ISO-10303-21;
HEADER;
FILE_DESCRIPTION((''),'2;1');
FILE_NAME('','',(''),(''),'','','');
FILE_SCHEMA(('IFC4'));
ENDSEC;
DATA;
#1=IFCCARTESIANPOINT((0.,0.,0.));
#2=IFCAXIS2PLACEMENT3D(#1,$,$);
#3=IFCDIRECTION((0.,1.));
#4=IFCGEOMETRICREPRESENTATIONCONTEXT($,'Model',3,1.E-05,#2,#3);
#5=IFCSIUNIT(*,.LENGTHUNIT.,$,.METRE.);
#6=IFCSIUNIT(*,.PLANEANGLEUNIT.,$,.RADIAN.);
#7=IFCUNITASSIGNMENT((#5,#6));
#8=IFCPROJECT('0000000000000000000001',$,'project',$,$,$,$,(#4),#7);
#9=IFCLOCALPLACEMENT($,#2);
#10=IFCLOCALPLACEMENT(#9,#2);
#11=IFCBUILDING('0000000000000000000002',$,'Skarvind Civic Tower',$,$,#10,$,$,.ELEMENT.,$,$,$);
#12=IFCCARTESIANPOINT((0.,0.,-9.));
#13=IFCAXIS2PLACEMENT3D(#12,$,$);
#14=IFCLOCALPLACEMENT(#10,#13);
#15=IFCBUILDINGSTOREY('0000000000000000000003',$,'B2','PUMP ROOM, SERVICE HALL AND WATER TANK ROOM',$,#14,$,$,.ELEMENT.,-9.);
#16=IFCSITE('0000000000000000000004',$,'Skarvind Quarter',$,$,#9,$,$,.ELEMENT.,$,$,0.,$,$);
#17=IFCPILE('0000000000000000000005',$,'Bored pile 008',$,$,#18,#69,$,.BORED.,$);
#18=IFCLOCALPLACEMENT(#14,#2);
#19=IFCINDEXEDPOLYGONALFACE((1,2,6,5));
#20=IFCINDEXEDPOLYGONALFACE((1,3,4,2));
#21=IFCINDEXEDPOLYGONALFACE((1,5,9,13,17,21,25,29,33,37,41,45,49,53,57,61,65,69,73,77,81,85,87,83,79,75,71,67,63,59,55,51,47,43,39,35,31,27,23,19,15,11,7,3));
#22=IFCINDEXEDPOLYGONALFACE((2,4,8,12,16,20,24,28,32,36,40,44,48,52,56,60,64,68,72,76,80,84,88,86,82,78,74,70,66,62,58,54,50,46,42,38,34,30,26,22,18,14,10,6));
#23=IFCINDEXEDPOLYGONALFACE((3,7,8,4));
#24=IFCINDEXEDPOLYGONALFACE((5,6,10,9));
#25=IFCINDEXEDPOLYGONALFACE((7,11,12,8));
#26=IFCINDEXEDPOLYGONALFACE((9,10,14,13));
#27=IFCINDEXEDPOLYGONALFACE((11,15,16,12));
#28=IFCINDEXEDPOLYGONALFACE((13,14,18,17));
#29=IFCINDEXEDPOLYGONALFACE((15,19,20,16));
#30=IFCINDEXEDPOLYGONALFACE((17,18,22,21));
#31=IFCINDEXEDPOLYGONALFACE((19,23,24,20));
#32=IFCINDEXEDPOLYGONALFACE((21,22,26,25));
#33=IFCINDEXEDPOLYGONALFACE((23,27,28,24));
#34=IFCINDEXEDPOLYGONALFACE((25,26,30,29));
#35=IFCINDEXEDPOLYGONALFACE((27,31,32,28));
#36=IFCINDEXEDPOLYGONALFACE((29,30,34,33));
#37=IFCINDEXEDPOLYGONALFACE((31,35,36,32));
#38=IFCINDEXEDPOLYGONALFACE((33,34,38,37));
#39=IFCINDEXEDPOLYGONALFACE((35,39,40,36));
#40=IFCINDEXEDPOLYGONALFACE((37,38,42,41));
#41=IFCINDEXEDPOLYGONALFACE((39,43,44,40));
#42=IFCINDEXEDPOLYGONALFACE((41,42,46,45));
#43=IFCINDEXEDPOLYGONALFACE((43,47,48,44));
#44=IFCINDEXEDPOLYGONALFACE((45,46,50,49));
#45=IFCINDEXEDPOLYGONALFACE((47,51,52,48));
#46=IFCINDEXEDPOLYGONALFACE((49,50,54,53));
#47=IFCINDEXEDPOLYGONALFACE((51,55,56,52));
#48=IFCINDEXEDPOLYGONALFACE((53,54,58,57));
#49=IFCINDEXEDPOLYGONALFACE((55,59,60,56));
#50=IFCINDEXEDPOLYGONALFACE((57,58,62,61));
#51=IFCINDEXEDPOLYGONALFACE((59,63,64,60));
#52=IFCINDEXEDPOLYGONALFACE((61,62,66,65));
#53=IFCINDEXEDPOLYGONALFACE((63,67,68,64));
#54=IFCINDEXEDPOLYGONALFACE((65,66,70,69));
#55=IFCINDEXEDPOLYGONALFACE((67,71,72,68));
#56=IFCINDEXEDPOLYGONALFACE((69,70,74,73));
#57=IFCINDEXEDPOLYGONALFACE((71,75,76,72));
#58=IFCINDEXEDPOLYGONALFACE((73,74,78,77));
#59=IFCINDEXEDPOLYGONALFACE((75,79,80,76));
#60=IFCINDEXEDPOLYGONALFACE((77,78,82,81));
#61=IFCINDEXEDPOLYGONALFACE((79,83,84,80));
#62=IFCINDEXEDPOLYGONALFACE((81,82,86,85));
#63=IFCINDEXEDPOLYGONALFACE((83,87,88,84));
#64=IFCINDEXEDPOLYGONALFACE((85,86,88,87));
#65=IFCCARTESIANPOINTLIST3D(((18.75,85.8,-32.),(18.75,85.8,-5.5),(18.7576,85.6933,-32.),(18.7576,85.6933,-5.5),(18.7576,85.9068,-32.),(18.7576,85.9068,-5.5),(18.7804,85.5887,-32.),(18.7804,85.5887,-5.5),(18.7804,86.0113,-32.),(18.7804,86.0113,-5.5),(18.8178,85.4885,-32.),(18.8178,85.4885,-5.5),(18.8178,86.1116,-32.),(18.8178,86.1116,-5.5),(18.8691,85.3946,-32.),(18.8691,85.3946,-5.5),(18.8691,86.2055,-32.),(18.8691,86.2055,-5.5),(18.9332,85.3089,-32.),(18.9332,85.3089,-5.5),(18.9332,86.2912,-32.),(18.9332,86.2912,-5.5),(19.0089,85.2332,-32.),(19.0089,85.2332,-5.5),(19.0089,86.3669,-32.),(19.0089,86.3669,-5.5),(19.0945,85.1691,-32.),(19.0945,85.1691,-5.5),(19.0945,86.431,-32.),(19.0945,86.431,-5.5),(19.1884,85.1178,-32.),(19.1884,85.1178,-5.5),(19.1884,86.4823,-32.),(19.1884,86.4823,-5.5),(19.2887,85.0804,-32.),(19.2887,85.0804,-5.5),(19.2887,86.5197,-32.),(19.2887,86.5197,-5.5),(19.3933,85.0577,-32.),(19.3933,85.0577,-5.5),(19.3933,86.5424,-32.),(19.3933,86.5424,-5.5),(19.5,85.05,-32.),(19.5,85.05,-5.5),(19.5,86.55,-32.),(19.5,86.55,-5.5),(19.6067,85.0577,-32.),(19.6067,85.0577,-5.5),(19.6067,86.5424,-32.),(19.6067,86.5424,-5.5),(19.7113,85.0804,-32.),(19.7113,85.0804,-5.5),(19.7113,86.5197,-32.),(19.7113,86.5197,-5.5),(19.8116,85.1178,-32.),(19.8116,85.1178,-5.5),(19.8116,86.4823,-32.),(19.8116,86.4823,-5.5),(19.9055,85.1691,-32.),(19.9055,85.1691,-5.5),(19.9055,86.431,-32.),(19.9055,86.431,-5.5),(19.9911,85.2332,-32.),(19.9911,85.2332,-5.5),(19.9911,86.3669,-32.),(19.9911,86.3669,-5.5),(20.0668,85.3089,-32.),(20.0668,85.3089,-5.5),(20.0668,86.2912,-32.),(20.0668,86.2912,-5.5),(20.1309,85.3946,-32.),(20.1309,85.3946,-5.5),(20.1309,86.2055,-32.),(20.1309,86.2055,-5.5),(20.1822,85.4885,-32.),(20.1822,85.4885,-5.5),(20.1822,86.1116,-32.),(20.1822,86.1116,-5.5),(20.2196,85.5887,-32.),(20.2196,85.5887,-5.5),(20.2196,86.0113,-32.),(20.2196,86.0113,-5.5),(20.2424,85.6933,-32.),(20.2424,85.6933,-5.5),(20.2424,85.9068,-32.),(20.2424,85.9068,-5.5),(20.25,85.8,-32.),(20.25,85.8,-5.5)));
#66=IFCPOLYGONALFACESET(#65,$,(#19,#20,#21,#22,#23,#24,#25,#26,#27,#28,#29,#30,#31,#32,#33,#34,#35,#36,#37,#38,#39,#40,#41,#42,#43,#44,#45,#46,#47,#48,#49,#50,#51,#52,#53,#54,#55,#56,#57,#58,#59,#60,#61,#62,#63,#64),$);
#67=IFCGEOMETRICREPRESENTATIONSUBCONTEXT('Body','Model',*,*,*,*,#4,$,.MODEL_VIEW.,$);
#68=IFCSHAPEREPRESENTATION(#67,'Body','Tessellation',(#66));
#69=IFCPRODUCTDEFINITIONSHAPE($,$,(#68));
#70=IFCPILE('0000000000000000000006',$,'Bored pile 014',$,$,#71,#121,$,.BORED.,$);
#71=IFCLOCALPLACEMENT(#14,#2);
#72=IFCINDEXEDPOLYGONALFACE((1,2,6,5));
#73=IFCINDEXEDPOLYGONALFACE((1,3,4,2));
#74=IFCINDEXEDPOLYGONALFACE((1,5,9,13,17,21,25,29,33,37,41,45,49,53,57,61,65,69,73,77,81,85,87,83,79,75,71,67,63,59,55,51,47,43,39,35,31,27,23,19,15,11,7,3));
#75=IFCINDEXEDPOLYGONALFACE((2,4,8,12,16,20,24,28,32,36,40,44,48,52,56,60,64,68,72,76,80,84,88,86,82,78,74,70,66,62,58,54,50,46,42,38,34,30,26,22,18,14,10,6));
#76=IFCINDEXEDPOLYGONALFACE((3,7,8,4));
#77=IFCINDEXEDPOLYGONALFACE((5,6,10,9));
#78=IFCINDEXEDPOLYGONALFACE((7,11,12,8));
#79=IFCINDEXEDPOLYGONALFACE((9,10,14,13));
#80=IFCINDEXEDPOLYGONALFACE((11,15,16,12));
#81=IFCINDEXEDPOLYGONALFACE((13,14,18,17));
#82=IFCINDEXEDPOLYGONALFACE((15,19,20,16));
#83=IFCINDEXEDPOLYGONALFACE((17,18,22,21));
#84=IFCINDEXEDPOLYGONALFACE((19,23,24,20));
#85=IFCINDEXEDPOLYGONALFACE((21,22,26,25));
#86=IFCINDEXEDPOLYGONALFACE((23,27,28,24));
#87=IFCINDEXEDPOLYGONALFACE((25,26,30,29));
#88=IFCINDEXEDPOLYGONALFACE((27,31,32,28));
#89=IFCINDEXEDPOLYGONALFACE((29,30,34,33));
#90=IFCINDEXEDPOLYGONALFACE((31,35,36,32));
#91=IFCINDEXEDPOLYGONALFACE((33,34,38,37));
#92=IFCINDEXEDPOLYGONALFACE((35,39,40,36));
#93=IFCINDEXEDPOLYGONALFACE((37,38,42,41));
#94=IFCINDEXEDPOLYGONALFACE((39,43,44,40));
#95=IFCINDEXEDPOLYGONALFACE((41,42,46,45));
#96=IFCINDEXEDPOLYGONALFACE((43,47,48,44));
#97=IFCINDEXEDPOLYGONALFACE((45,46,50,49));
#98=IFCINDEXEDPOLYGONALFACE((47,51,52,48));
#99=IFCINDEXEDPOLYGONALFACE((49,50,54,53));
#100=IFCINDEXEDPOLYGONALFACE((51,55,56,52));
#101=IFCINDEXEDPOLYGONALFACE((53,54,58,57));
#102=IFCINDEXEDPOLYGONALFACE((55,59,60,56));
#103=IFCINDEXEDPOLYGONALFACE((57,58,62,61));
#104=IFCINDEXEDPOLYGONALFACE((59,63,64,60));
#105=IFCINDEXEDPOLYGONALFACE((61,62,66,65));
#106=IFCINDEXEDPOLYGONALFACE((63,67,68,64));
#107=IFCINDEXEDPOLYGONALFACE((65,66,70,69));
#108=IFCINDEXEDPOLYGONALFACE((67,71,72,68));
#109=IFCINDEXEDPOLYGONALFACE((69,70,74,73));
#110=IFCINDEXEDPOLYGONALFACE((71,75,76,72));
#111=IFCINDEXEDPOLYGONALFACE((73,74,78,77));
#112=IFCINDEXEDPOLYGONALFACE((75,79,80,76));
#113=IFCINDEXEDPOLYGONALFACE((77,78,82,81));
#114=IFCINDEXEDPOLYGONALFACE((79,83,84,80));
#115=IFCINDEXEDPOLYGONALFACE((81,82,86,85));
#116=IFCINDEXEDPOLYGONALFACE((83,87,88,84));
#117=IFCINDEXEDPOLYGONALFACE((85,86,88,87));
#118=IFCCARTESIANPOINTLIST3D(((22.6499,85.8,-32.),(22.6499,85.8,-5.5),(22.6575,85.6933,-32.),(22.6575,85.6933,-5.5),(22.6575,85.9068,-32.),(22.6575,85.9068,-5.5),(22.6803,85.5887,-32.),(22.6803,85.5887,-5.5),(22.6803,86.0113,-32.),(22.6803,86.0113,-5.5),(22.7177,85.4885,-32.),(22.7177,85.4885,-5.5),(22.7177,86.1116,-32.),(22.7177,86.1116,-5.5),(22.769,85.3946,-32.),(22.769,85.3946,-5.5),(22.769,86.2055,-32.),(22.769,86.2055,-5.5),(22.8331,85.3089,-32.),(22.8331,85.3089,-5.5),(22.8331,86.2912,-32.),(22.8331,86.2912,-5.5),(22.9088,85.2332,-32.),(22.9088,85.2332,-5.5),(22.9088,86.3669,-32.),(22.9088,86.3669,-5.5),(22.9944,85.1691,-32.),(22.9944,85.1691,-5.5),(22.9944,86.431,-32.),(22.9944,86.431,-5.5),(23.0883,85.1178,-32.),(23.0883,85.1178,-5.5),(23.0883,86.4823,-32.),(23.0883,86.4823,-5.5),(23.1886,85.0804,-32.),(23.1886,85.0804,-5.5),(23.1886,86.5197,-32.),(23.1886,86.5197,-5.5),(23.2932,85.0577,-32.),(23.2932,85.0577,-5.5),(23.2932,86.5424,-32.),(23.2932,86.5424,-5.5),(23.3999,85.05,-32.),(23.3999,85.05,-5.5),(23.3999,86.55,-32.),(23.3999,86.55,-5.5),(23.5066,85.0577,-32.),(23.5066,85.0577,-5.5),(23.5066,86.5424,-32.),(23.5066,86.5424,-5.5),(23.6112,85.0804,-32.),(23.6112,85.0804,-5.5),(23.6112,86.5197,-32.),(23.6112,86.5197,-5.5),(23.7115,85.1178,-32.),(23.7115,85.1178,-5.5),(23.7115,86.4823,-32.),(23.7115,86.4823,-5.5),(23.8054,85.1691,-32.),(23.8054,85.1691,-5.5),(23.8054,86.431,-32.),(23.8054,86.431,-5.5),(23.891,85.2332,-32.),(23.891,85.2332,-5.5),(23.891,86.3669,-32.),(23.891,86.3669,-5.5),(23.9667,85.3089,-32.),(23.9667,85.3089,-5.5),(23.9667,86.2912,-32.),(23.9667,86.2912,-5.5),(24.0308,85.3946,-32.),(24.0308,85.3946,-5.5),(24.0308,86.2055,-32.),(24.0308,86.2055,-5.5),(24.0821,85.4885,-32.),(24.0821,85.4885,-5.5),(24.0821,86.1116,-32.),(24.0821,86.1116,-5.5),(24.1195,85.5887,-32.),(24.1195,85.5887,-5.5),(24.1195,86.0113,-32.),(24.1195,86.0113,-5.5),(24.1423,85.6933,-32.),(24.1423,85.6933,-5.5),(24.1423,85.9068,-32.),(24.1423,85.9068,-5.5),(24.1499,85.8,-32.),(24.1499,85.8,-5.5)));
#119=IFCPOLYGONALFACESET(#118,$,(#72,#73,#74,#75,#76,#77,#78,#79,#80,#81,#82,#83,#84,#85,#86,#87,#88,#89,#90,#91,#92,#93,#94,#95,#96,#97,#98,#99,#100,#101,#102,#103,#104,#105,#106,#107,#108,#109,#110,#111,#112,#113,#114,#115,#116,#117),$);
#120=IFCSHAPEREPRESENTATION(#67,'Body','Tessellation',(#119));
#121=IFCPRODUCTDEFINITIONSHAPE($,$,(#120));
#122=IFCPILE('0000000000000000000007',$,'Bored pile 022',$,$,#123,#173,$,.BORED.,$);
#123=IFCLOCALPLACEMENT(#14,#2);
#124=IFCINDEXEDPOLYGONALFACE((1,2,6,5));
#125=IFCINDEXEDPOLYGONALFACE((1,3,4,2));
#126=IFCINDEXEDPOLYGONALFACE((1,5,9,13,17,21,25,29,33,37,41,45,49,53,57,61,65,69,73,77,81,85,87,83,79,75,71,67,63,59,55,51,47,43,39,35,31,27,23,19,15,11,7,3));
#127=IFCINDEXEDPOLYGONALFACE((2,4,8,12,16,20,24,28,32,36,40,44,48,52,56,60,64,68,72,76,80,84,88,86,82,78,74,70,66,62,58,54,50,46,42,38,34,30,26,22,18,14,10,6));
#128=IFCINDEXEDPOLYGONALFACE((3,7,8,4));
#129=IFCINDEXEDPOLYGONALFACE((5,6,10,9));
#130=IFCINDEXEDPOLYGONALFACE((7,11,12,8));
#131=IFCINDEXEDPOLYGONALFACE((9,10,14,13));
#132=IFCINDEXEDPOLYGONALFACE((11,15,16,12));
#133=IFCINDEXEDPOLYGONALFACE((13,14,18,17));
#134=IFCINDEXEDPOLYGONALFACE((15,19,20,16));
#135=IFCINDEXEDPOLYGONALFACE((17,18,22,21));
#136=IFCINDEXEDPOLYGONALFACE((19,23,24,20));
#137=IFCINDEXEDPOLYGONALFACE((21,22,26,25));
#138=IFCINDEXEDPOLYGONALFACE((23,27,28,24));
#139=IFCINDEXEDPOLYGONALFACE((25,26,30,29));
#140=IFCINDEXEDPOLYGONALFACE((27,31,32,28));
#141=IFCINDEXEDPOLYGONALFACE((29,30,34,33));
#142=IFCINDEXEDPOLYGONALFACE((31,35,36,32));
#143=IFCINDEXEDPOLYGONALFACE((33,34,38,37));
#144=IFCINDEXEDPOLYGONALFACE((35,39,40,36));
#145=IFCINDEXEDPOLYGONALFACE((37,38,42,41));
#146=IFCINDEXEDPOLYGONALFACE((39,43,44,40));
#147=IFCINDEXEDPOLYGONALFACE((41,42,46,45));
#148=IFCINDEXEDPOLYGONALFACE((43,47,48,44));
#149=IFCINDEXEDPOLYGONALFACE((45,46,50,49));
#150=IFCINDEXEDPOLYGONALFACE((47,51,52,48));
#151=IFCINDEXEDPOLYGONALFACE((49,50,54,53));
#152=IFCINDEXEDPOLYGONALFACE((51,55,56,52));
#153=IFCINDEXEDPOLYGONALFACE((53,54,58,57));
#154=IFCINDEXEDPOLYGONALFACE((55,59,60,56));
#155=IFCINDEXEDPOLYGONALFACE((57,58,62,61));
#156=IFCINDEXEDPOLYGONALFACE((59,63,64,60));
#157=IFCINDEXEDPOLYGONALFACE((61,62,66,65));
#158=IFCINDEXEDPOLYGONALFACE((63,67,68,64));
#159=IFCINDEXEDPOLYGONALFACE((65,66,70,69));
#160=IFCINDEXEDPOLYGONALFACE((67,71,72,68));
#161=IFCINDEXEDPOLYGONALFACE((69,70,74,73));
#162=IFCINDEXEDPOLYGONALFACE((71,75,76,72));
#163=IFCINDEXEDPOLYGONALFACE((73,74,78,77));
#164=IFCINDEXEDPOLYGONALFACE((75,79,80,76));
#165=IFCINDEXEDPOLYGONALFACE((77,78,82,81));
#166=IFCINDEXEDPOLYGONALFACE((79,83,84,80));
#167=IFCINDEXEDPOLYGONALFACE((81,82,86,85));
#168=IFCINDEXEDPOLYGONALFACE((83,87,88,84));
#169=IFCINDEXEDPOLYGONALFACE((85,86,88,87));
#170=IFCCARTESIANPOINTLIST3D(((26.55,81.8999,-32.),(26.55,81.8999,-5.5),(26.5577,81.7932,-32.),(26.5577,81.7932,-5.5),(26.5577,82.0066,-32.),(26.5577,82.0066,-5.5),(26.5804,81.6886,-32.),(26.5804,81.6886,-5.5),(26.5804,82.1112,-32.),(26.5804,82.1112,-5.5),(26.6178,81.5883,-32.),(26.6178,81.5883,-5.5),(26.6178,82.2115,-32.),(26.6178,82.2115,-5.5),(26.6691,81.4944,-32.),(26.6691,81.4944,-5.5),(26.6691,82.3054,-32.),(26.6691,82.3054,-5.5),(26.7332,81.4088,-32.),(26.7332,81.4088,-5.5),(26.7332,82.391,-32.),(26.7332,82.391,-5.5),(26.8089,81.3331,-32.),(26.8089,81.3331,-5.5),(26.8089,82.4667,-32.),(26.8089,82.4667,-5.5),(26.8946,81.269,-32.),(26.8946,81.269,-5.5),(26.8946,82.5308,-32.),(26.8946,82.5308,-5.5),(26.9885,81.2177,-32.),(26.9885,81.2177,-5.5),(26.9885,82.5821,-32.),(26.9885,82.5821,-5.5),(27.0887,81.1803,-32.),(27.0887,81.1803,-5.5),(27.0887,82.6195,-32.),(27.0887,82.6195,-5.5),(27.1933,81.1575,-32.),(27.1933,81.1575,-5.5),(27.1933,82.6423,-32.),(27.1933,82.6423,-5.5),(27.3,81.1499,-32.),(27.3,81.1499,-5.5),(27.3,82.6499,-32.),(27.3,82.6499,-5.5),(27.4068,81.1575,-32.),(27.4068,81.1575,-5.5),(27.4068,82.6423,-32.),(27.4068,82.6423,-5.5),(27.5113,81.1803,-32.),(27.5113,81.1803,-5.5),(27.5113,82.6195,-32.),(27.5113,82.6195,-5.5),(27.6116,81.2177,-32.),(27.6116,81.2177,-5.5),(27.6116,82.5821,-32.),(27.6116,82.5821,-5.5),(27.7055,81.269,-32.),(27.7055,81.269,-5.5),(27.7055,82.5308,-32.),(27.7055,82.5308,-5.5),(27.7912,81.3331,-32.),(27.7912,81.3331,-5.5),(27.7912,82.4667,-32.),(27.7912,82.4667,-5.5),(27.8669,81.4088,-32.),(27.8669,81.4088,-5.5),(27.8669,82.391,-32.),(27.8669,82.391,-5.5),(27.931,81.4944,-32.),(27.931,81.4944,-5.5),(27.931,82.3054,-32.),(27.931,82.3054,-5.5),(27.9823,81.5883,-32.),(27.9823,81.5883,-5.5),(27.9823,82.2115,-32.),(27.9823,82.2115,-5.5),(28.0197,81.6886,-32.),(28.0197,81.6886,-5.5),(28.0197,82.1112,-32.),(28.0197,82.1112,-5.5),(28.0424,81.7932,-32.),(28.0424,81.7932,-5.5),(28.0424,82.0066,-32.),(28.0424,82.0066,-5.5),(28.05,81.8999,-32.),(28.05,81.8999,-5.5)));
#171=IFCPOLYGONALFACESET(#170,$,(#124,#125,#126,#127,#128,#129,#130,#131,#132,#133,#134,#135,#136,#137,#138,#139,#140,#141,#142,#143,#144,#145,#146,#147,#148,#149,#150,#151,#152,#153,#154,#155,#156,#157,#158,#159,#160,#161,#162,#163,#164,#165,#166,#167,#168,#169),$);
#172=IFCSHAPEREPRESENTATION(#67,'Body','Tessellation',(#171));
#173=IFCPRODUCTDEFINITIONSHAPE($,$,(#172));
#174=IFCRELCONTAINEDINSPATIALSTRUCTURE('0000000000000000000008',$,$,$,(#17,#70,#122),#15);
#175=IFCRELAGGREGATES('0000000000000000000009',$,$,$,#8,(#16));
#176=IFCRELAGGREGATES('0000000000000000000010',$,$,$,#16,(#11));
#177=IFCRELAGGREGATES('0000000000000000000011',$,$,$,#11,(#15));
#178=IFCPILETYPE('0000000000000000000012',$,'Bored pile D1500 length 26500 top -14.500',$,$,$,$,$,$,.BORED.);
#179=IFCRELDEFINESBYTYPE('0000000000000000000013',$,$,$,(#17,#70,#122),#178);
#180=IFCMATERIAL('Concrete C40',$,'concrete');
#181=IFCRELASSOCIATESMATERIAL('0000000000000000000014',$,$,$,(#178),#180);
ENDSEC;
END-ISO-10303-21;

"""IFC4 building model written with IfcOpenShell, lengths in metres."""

from ifc_helpers import new_model, si_unit, direction, frame, origin, origin_2d, place, context, subcontext, project, spatial, circle, extrude, material, type_object, element, save


model = new_model("IFC4")

# Units and contexts
model_context = context("Model", 3, precision=1e-05, world=origin(), true_north=direction((0.0, 1.0)))
body_context = subcontext(model_context, "Body", "Model", "MODEL_VIEW")
ifc_project = project(units=[si_unit("LENGTHUNIT", "METRE"), si_unit("PLANEANGLEUNIT", "RADIAN")], contexts=[model_context])

# Site, building, storey
site_placement = place(None, origin())
site = spatial("IfcSite", under=ifc_project, at=site_placement, Name="Skarvind Quarter", CompositionType="ELEMENT", RefElevation=0.0)
building_placement = place(site_placement, origin())
building = spatial("IfcBuilding", under=site, at=building_placement, Name="Skarvind Civic Tower", CompositionType="ELEMENT")
storey_placement = place(building_placement, frame((0.0, 0.0, -9.0)))
storey = spatial("IfcBuildingStorey", under=building, at=storey_placement, Name="B2", Description="PUMP ROOM, SERVICE HALL AND WATER TANK ROOM", CompositionType="ELEMENT", Elevation=-9.0)

# Piles
ifc_material_1 = material(Name="Concrete C40", Category="concrete")
pile_type_1 = type_object("IfcPileType", Name="Bored pile D1500 length 26500 top -14.500", PredefinedType="BORED", material=ifc_material_1)
for number, where, z_axis, x_axis, name in (
    (1, (19.5, 85.8, -5.5), (0.0, 0.0, -1.0), (1.0, 0.0, 0.0), "Bored pile 008"),
    (2, (23.3999, 85.8, -5.5), (0.0, 0.0, -1.0), (1.0, 0.0, 0.0), "Bored pile 014"),
    (3, (27.3, 81.8999, -5.5), (0.0, 0.0, -1.0), (1.0, 0.0, 0.0), "Bored pile 022"),
):
    element("IfcPile", number, at=place(storey_placement, frame(where, z_axis=z_axis, x_axis=x_axis)), inside=storey, type_object=pile_type_1, Name=name, PredefinedType="BORED", context=body_context, shape_type="SweptSolid", body=[
        extrude(circle(Radius=0.75, at=origin_2d()), origin(), (0.0, 0.0, 1.0), 26.5),
    ])

save(model, "model.ifc")
